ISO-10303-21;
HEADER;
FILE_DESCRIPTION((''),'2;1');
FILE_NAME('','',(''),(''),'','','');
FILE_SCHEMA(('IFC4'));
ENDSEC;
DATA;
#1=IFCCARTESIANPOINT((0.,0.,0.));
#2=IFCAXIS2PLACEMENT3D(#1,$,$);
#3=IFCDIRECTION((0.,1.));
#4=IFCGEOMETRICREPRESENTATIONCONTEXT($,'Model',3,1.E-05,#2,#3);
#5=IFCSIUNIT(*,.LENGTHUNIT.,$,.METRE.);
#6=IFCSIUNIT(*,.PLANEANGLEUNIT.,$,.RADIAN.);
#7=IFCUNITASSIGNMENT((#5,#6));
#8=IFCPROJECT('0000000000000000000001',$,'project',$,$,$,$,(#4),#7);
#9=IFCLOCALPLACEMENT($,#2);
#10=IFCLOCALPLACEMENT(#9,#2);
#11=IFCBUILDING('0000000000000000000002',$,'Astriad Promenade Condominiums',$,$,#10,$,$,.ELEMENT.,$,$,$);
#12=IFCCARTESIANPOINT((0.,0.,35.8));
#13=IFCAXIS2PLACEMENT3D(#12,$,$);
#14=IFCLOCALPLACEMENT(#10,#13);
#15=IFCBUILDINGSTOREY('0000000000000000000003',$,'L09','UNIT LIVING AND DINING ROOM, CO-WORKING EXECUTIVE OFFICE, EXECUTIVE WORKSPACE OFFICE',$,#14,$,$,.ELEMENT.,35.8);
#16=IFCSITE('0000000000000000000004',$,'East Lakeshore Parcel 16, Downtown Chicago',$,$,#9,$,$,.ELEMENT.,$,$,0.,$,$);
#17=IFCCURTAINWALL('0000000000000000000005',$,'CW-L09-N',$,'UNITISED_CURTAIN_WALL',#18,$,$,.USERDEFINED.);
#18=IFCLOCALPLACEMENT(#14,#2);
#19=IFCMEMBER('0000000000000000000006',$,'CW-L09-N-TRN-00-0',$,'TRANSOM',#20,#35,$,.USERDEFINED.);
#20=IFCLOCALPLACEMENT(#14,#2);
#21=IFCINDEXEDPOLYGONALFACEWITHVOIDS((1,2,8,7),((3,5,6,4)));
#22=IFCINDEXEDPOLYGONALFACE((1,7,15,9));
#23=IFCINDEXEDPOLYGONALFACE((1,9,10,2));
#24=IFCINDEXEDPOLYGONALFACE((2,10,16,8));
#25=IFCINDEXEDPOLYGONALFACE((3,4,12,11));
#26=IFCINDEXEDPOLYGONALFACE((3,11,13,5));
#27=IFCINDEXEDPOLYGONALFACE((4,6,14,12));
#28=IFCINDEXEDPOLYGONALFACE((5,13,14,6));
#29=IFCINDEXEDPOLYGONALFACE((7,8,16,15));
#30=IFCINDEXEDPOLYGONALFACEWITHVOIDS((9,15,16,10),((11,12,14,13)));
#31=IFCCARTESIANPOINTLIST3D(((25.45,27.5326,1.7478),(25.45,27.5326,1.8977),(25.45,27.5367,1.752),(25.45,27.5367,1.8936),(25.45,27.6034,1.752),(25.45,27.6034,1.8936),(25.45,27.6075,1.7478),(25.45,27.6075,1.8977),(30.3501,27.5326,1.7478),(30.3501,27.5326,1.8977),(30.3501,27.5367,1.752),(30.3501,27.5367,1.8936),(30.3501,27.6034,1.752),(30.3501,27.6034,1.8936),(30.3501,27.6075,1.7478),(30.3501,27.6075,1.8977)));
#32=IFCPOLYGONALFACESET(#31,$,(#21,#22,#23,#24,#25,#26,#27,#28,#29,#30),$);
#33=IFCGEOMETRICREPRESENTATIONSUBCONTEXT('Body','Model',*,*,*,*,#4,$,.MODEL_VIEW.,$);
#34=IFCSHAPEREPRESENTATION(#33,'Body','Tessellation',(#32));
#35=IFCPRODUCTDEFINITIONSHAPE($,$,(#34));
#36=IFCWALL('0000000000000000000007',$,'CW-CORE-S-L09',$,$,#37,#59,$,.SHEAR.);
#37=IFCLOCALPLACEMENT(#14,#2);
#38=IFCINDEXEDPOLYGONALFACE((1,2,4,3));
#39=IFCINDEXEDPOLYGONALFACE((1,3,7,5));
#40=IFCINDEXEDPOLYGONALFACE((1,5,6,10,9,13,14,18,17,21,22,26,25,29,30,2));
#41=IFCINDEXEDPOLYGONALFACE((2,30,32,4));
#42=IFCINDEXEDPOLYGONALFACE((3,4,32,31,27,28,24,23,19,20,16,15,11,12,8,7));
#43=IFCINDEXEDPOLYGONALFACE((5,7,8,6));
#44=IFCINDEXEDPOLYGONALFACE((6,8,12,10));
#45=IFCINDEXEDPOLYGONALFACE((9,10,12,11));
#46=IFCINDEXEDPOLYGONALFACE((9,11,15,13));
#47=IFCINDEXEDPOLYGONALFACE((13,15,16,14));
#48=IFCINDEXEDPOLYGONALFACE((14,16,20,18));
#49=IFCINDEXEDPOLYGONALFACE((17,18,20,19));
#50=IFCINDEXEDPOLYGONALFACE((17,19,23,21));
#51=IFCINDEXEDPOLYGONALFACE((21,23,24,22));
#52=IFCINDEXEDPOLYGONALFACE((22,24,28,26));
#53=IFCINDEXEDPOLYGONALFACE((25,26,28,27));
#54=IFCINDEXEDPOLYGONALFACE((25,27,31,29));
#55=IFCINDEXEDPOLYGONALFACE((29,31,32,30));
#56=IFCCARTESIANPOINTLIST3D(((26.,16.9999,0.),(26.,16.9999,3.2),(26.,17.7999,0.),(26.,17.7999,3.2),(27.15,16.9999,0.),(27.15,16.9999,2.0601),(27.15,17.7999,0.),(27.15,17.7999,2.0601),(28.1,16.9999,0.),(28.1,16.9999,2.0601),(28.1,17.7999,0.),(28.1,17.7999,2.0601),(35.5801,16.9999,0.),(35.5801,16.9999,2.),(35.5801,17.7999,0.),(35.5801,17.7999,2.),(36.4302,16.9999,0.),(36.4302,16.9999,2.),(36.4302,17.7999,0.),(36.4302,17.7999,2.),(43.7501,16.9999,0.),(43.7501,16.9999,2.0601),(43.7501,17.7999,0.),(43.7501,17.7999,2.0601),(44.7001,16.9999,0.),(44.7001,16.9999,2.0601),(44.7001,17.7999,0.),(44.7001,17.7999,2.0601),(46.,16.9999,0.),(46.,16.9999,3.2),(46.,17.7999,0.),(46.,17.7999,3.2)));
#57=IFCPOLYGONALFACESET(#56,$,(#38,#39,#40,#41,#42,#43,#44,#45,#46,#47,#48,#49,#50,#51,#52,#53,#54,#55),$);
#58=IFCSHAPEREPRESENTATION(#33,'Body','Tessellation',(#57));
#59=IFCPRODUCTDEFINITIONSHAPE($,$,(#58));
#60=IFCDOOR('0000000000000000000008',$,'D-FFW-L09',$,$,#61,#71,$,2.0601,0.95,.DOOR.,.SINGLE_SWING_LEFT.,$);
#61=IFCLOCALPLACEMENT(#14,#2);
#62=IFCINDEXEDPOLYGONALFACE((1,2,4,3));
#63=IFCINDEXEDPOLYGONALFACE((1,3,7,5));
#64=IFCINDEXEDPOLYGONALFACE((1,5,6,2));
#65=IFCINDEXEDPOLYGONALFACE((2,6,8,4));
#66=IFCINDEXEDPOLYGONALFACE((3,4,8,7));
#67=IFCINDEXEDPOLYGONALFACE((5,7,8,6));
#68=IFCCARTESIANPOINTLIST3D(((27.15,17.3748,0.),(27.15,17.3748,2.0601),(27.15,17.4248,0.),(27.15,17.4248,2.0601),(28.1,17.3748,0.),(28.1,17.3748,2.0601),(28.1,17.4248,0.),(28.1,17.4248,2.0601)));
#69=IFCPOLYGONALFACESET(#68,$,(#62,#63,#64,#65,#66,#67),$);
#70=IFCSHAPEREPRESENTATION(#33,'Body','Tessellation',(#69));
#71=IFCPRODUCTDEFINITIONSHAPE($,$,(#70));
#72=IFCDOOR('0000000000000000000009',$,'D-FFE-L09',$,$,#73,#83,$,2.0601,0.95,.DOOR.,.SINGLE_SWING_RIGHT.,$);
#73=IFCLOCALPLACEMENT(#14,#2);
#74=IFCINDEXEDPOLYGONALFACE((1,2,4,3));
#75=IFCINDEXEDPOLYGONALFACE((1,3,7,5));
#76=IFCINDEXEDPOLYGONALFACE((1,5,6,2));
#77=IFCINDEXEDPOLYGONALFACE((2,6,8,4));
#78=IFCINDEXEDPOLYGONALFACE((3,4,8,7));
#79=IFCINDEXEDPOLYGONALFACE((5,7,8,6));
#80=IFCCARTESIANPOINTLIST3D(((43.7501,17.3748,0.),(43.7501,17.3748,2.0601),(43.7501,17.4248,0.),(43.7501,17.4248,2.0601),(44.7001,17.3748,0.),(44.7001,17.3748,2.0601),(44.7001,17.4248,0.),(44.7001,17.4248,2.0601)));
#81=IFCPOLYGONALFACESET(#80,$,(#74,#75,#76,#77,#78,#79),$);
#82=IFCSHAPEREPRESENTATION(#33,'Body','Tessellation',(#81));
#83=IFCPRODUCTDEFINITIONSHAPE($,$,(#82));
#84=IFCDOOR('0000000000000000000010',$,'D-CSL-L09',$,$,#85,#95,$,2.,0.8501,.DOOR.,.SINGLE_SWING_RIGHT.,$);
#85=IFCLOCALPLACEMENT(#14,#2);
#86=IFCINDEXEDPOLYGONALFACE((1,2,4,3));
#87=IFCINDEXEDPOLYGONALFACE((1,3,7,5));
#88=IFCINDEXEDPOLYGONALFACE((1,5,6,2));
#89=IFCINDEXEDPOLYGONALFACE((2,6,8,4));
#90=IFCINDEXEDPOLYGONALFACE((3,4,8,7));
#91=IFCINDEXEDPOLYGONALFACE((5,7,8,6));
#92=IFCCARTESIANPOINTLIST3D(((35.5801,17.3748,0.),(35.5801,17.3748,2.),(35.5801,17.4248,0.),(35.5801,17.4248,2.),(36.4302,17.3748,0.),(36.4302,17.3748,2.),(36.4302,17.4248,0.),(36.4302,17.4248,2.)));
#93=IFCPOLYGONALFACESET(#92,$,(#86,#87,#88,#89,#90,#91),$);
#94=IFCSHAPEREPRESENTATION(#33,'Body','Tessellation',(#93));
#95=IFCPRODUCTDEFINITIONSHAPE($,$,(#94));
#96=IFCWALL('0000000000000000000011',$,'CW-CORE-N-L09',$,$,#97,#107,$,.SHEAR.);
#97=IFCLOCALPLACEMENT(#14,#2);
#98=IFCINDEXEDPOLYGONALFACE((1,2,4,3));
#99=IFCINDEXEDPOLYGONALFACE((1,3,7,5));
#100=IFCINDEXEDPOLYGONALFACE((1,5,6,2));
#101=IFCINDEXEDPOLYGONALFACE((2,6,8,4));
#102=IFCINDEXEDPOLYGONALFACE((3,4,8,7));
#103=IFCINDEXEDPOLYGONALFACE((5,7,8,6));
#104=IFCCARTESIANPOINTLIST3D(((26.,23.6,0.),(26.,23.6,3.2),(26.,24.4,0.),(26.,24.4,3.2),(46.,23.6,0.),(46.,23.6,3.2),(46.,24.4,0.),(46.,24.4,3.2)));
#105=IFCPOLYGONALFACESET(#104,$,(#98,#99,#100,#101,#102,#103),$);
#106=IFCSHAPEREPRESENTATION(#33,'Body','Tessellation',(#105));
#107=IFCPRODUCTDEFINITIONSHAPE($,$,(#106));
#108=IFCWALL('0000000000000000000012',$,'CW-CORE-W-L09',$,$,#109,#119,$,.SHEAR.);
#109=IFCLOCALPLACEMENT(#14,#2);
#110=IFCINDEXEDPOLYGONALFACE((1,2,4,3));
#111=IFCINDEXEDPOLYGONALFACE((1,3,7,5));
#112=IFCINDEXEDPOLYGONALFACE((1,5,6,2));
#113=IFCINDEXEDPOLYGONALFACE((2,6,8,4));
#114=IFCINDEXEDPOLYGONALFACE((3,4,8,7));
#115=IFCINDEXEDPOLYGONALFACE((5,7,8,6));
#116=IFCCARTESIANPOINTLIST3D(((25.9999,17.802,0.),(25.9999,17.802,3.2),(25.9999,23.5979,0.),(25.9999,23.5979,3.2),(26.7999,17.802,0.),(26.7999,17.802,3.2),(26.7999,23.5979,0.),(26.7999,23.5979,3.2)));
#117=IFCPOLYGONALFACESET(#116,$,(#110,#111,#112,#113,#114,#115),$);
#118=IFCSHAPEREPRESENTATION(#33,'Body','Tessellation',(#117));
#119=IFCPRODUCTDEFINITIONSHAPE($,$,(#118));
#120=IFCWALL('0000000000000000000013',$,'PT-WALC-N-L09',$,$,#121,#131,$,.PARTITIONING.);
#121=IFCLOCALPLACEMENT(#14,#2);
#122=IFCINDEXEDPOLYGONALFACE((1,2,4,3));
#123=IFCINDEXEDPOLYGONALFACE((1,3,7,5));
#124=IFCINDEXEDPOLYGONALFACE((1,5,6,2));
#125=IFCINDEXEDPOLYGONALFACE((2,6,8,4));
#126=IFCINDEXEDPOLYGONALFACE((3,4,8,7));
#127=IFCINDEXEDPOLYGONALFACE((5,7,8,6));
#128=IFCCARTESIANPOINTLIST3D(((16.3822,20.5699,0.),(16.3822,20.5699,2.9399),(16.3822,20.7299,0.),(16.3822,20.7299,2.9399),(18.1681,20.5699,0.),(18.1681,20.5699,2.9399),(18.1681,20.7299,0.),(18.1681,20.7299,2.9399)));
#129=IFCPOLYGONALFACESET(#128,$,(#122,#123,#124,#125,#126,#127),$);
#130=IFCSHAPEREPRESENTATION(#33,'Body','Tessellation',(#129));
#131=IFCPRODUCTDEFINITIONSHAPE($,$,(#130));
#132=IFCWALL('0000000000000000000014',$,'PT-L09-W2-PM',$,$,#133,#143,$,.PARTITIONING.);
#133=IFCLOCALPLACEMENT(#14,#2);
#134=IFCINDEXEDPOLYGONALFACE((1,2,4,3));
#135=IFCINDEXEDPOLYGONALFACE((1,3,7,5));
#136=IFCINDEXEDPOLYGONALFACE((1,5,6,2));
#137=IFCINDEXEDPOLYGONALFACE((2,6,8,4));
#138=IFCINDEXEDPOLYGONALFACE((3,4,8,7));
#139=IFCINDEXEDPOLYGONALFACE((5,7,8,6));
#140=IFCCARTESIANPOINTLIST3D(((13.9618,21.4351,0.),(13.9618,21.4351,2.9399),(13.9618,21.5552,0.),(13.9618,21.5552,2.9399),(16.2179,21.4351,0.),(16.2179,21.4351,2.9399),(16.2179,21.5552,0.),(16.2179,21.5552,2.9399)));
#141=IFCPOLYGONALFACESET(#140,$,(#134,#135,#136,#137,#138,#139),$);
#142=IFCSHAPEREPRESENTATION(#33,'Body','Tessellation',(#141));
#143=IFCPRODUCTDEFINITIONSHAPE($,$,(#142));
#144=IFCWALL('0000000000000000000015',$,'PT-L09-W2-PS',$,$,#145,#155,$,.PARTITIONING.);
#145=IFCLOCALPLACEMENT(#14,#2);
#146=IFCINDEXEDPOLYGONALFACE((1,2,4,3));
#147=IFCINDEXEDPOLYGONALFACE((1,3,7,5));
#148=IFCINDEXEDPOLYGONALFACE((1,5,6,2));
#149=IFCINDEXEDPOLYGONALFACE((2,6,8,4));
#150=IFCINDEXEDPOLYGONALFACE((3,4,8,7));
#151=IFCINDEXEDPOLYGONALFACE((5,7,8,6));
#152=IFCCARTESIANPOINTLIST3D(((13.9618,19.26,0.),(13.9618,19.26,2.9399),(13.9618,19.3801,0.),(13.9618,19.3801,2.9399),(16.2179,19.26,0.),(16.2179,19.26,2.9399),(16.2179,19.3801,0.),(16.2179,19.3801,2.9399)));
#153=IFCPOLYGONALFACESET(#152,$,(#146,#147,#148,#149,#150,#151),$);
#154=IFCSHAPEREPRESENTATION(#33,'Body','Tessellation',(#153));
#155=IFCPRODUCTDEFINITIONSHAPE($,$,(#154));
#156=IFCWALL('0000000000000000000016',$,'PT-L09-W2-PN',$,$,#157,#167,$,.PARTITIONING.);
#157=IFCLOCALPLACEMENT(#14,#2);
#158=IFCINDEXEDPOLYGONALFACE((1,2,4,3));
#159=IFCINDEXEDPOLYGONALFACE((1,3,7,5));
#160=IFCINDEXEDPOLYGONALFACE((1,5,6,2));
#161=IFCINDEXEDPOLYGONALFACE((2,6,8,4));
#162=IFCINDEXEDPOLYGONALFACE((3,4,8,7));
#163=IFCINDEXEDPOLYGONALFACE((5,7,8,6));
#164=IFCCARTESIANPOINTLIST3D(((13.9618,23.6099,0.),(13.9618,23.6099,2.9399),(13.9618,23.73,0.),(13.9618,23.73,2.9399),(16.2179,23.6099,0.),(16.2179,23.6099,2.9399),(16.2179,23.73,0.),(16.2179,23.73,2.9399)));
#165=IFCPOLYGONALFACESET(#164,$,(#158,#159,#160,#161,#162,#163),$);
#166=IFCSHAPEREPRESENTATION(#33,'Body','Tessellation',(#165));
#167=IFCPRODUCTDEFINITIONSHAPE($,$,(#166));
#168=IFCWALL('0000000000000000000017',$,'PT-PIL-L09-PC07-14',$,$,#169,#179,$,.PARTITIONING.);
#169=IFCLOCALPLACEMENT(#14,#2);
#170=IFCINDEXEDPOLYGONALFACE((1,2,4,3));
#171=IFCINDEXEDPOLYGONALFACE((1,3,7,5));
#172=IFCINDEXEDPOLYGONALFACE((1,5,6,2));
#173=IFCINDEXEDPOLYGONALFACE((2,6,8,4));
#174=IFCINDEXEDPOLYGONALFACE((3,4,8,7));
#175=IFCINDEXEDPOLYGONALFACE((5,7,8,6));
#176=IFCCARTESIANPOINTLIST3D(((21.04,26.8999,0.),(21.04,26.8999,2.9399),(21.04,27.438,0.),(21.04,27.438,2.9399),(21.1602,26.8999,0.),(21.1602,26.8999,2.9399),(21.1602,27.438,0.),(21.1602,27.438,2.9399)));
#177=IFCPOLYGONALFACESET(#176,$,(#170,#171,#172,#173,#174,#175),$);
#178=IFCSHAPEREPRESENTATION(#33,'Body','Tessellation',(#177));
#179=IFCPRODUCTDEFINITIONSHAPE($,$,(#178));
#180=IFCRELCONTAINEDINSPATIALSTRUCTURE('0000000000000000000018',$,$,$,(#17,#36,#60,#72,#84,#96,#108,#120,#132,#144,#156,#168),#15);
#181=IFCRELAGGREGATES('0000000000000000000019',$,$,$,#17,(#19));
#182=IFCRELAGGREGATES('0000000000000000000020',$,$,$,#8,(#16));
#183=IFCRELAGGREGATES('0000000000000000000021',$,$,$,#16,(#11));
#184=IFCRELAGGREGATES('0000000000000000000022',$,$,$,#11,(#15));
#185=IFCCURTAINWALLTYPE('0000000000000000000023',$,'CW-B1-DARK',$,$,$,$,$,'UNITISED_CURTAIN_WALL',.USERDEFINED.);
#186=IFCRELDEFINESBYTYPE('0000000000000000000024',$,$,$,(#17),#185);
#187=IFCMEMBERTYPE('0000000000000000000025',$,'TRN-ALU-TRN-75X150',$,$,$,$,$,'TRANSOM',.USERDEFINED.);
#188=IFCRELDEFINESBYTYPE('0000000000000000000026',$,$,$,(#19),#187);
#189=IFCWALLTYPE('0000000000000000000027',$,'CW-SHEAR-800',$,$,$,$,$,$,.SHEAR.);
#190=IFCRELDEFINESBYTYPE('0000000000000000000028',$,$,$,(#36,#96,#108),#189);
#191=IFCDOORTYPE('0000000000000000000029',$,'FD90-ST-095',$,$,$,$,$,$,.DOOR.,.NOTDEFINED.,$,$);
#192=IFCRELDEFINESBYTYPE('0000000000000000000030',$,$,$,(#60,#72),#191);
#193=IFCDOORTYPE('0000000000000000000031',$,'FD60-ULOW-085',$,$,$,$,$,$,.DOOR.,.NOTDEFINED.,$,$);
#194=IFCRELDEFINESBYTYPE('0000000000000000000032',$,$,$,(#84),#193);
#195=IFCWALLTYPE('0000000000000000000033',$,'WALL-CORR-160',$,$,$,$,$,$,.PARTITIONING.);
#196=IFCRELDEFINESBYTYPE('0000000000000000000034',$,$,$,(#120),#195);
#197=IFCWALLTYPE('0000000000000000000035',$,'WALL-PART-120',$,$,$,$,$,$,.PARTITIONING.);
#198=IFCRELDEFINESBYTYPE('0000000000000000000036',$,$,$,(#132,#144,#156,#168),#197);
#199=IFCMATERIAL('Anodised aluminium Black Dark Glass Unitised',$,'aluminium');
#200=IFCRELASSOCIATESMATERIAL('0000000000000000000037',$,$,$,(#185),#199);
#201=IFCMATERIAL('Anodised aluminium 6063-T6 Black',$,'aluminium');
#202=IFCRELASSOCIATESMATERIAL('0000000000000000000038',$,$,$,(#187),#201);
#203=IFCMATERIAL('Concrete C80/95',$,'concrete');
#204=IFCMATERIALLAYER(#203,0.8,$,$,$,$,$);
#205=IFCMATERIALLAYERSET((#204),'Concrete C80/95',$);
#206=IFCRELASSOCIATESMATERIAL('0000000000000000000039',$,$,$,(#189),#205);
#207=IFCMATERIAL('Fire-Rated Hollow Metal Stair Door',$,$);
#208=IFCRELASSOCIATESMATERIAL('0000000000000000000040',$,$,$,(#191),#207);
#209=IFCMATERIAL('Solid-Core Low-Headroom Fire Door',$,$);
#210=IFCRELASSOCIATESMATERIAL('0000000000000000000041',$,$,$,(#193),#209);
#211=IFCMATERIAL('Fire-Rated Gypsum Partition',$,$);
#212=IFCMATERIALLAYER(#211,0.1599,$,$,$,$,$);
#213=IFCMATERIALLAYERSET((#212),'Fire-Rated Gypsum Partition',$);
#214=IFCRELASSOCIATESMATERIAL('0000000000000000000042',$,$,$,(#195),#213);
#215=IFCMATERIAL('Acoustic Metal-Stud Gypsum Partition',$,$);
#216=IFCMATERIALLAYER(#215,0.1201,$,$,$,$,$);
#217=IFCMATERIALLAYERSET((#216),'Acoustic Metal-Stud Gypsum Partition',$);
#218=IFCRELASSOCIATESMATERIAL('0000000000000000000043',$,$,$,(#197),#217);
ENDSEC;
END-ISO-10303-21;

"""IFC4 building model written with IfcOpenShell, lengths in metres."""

from ifc_helpers import new_model, si_unit, direction, frame, frame_2d, origin, origin_2d, place, context, subcontext, project, spatial, rectangle, hollow_rectangle, extrude, source, transform, mapped, material, layer, layer_set, material_profile, profile_set, type_object, type_shapes, element, fill, aggregate, save


model = new_model("IFC4")

# Units and contexts
model_context = context("Model", 3, precision=1e-05, world=origin(), true_north=direction((0.0, 1.0)))
body_context = subcontext(model_context, "Body", "Model", "MODEL_VIEW")
ifc_project = project(units=[si_unit("LENGTHUNIT", "METRE"), si_unit("PLANEANGLEUNIT", "RADIAN")], contexts=[model_context])

# Site, building, storey
site_placement = place(None, origin())
site = spatial("IfcSite", under=ifc_project, at=site_placement, Name="East Lakeshore Parcel 16, Downtown Chicago", CompositionType="ELEMENT", RefElevation=0.0)
building_placement = place(site_placement, origin())
building = spatial("IfcBuilding", under=site, at=building_placement, Name="Astriad Promenade Condominiums", CompositionType="ELEMENT")
storey_placement = place(building_placement, frame((0.0, 0.0, 35.8)))
storey = spatial("IfcBuildingStorey", under=building, at=storey_placement, Name="L09", Description="UNIT LIVING AND DINING ROOM, CO-WORKING EXECUTIVE OFFICE, EXECUTIVE WORKSPACE OFFICE", CompositionType="ELEMENT", Elevation=35.8)

# Shared definitions
ifc_material_1 = material(Name="Concrete C80/95", Category="concrete")

# Curtain wall, member
ifc_material_2 = material(Name="Anodised aluminium Black Dark Glass Unitised", Category="aluminium")
curtain_wall_type = type_object("IfcCurtainWallType", Name="CW-B1-DARK", ElementType="UNITISED_CURTAIN_WALL", PredefinedType="USERDEFINED", material=ifc_material_2)
curtain_wall_placement = place(storey_placement, origin())
curtain_wall = element("IfcCurtainWall", 1, at=curtain_wall_placement, inside=storey, type_object=curtain_wall_type, Name="CW-L09-N", ObjectType="UNITISED_CURTAIN_WALL", PredefinedType="USERDEFINED")
ifc_material_3 = material(Name="Anodised aluminium 6063-T6 Black", Category="aluminium")
ifc_material_profile_1 = material_profile(ifc_material_3, hollow_rectangle(XDim=0.075, YDim=0.1499, WallThickness=0.0042, at=origin_2d()), Name="ALU-TRN-75X150")
ifc_profile_set_1 = profile_set([ifc_material_profile_1], Name="Anodised aluminium 6063-T6 Black")
member_type_1 = type_object("IfcMemberType", Name="TRN-ALU-TRN-75X150", ElementType="TRANSOM", PredefinedType="USERDEFINED", material=ifc_profile_set_1)
shared_shape_1 = source(origin(), body_context, "Body", "SweptSolid", [
    extrude(hollow_rectangle(XDim=0.075, YDim=0.1499, WallThickness=0.0042, at=origin_2d()), origin(), (0.0, 0.0, 1.0), 4.9001),
])
type_shapes(member_type_1, [shared_shape_1])
member_1_placement = place(storey_placement, frame((25.45, 27.5701, 1.8228), z_axis=(1.0, 0.0, 0.0), x_axis=(0.0, 1.0, 0.0)))
member_1 = element("IfcMember", 2, at=member_1_placement, type_object=member_type_1, Name="CW-L09-N-TRN-00-0", ObjectType="TRANSOM", PredefinedType="USERDEFINED", context=body_context, shape_type="MappedRepresentation", body=[
    mapped(shared_shape_1, transform((0.0, 0.0, 0.0), scale=1.0)),
])
aggregate(curtain_wall, [member_1])

# Wall, openings, doors
ifc_layer_1 = layer(ifc_material_1, 0.8)
ifc_layer_set_1 = layer_set([ifc_layer_1], Name="Concrete C80/95")
wall_type_1 = type_object("IfcWallType", Name="CW-SHEAR-800", PredefinedType="SHEAR", material=ifc_layer_set_1)
wall_1_placement = place(storey_placement, frame((26.0, 17.3999, 0.0), z_axis=(0.0, 0.0, 1.0), x_axis=(1.0, 0.0, 0.0)))
wall_1 = element("IfcWall", 3, at=wall_1_placement, inside=storey, type_object=wall_type_1, Name="CW-CORE-S-L09", PredefinedType="SHEAR", context=body_context, shape_type="SweptSolid", body=[
    extrude(rectangle(XDim=20.0, YDim=0.8, at=frame_2d((10.0, 0.0))), origin(), (0.0, 0.0, 1.0), 3.2),
])
opening_1_placement = place(wall_1_placement, frame((1.1499, 0.0, 0.0)))
opening_1 = element("IfcOpeningElement", 4, at=opening_1_placement, cuts=wall_1, PredefinedType="OPENING", context=body_context, shape_type="SweptSolid", body=[
    extrude(rectangle(XDim=0.95, YDim=2.0601, at=frame_2d((0.4751, 1.03))), frame((0.0, 0.4099, 0.0), z_axis=(0.0, -1.0, 0.0), x_axis=(1.0, 0.0, 0.0)), (0.0, 0.0, 1.0), 0.8201),
])
opening_2_placement = place(wall_1_placement, frame((9.5801, 0.0, 0.0)))
opening_2 = element("IfcOpeningElement", 5, at=opening_2_placement, cuts=wall_1, PredefinedType="OPENING", context=body_context, shape_type="SweptSolid", body=[
    extrude(rectangle(XDim=0.8501, YDim=2.0, at=frame_2d((0.425, 1.0))), frame((0.0, 0.4099, 0.0), z_axis=(0.0, -1.0, 0.0), x_axis=(1.0, 0.0, 0.0)), (0.0, 0.0, 1.0), 0.8201),
])
opening_3_placement = place(wall_1_placement, frame((17.75, 0.0, 0.0)))
opening_3 = element("IfcOpeningElement", 6, at=opening_3_placement, cuts=wall_1, PredefinedType="OPENING", context=body_context, shape_type="SweptSolid", body=[
    extrude(rectangle(XDim=0.95, YDim=2.0601, at=frame_2d((0.4751, 1.03))), frame((0.0, 0.4099, 0.0), z_axis=(0.0, -1.0, 0.0), x_axis=(1.0, 0.0, 0.0)), (0.0, 0.0, 1.0), 0.8201),
])
ifc_material_4 = material(Name="Fire-Rated Hollow Metal Stair Door")
door_type_1 = type_object("IfcDoorType", Name="FD90-ST-095", OperationType="NOTDEFINED", PredefinedType="DOOR", material=ifc_material_4)
shared_shape_2 = source(origin(), body_context, "Body", "SweptSolid", [
    extrude(rectangle(XDim=0.95, YDim=2.0601, at=frame_2d((0.4751, 1.03))), frame((0.0, 0.0249, 0.0), z_axis=(0.0, -1.0, 0.0), x_axis=(1.0, 0.0, 0.0)), (0.0, 0.0, 1.0), 0.05),
])
type_shapes(door_type_1, [shared_shape_2])
door_1_placement = place(opening_1_placement, origin())
door_1 = element("IfcDoor", 7, at=door_1_placement, inside=storey, type_object=door_type_1, Name="D-FFW-L09", OperationType="SINGLE_SWING_LEFT", OverallHeight=2.0601, OverallWidth=0.95, PredefinedType="DOOR", context=body_context, shape_type="MappedRepresentation", body=[
    mapped(shared_shape_2, transform((0.0, 0.0, 0.0), scale=1.0)),
])
fill(opening_1, door_1)
door_2_placement = place(opening_3_placement, origin())
door_2 = element("IfcDoor", 8, at=door_2_placement, inside=storey, type_object=door_type_1, Name="D-FFE-L09", OperationType="SINGLE_SWING_RIGHT", OverallHeight=2.0601, OverallWidth=0.95, PredefinedType="DOOR", context=body_context, shape_type="MappedRepresentation", body=[
    mapped(shared_shape_2, transform((0.0, 0.0, 0.0), scale=1.0)),
])
fill(opening_3, door_2)
ifc_material_5 = material(Name="Solid-Core Low-Headroom Fire Door")
door_type_2 = type_object("IfcDoorType", Name="FD60-ULOW-085", OperationType="NOTDEFINED", PredefinedType="DOOR", material=ifc_material_5)
shared_shape_3 = source(origin(), body_context, "Body", "SweptSolid", [
    extrude(rectangle(XDim=0.8501, YDim=2.0, at=frame_2d((0.425, 1.0))), frame((0.0, 0.0249, 0.0), z_axis=(0.0, -1.0, 0.0), x_axis=(1.0, 0.0, 0.0)), (0.0, 0.0, 1.0), 0.05),
])
type_shapes(door_type_2, [shared_shape_3])
door_3_placement = place(opening_2_placement, origin())
door_3 = element("IfcDoor", 9, at=door_3_placement, inside=storey, type_object=door_type_2, Name="D-CSL-L09", OperationType="SINGLE_SWING_RIGHT", OverallHeight=2.0, OverallWidth=0.8501, PredefinedType="DOOR", context=body_context, shape_type="MappedRepresentation", body=[
    mapped(shared_shape_3, transform((0.0, 0.0, 0.0), scale=1.0)),
])
fill(opening_2, door_3)

# Walls
wall_2_placement = place(storey_placement, frame((26.0, 24.0, 0.0), z_axis=(0.0, 0.0, 1.0), x_axis=(1.0, 0.0, 0.0)))
element("IfcWall", 10, at=wall_2_placement, inside=storey, type_object=wall_type_1, Name="CW-CORE-N-L09", PredefinedType="SHEAR", context=body_context, shape_type="SweptSolid", body=[
    extrude(rectangle(XDim=20.0, YDim=0.8, at=frame_2d((10.0, 0.0))), origin(), (0.0, 0.0, 1.0), 3.2),
])
wall_3_placement = place(storey_placement, frame((26.3999, 17.802, 0.0), z_axis=(0.0, 0.0, 1.0), x_axis=(0.0, 1.0, 0.0)))
element("IfcWall", 11, at=wall_3_placement, inside=storey, type_object=wall_type_1, Name="CW-CORE-W-L09", PredefinedType="SHEAR", context=body_context, shape_type="SweptSolid", body=[
    extrude(rectangle(XDim=5.7959, YDim=0.8, at=frame_2d((2.8979, 0.0))), origin(), (0.0, 0.0, 1.0), 3.2),
])
ifc_material_6 = material(Name="Fire-Rated Gypsum Partition")
ifc_layer_2 = layer(ifc_material_6, 0.1599)
ifc_layer_set_2 = layer_set([ifc_layer_2], Name="Fire-Rated Gypsum Partition")
wall_type_2 = type_object("IfcWallType", Name="WALL-CORR-160", PredefinedType="PARTITIONING", material=ifc_layer_set_2)
wall_4_placement = place(storey_placement, frame((16.3821, 20.6499, 0.0), z_axis=(0.0, 0.0, 1.0), x_axis=(1.0, 0.0, 0.0)))
element("IfcWall", 12, at=wall_4_placement, inside=storey, type_object=wall_type_2, Name="PT-WALC-N-L09", PredefinedType="PARTITIONING", context=body_context, shape_type="SweptSolid", body=[
    extrude(rectangle(XDim=1.7859, YDim=0.1599, at=frame_2d((0.8931, 0.0))), origin(), (0.0, 0.0, 1.0), 2.9399),
])
ifc_material_7 = material(Name="Acoustic Metal-Stud Gypsum Partition")
ifc_layer_3 = layer(ifc_material_7, 0.1201)
ifc_layer_set_3 = layer_set([ifc_layer_3], Name="Acoustic Metal-Stud Gypsum Partition")
wall_type_3 = type_object("IfcWallType", Name="WALL-PART-120", PredefinedType="PARTITIONING", material=ifc_layer_set_3)
for number, where, z_axis, x_axis, name in (
    (13, (13.9619, 21.4951, 0.0), (0.0, 0.0, 1.0), (1.0, 0.0, 0.0), "PT-L09-W2-PM"),
    (14, (13.9619, 19.3201, 0.0), (0.0, 0.0, 1.0), (1.0, 0.0, 0.0), "PT-L09-W2-PS"),
    (15, (13.9619, 23.6699, 0.0), (0.0, 0.0, 1.0), (1.0, 0.0, 0.0), "PT-L09-W2-PN"),
):
    element("IfcWall", number, at=place(storey_placement, frame(where, z_axis=z_axis, x_axis=x_axis)), inside=storey, type_object=wall_type_3, Name=name, PredefinedType="PARTITIONING", context=body_context, shape_type="SweptSolid", body=[
        extrude(rectangle(XDim=2.2561, YDim=0.1201, at=frame_2d((1.1279, 0.0))), origin(), (0.0, 0.0, 1.0), 2.9399),
    ])
wall_5_placement = place(storey_placement, frame((21.1001, 26.8999, 0.0), z_axis=(0.0, 0.0, 1.0), x_axis=(0.0, 1.0, 0.0)))
element("IfcWall", 16, at=wall_5_placement, inside=storey, type_object=wall_type_3, Name="PT-PIL-L09-PC07-14", PredefinedType="PARTITIONING", context=body_context, shape_type="SweptSolid", body=[
    extrude(rectangle(XDim=0.5381, YDim=0.1201, at=frame_2d((0.269, 0.0))), origin(), (0.0, 0.0, 1.0), 2.9399),
])

save(model, "model.ifc")
